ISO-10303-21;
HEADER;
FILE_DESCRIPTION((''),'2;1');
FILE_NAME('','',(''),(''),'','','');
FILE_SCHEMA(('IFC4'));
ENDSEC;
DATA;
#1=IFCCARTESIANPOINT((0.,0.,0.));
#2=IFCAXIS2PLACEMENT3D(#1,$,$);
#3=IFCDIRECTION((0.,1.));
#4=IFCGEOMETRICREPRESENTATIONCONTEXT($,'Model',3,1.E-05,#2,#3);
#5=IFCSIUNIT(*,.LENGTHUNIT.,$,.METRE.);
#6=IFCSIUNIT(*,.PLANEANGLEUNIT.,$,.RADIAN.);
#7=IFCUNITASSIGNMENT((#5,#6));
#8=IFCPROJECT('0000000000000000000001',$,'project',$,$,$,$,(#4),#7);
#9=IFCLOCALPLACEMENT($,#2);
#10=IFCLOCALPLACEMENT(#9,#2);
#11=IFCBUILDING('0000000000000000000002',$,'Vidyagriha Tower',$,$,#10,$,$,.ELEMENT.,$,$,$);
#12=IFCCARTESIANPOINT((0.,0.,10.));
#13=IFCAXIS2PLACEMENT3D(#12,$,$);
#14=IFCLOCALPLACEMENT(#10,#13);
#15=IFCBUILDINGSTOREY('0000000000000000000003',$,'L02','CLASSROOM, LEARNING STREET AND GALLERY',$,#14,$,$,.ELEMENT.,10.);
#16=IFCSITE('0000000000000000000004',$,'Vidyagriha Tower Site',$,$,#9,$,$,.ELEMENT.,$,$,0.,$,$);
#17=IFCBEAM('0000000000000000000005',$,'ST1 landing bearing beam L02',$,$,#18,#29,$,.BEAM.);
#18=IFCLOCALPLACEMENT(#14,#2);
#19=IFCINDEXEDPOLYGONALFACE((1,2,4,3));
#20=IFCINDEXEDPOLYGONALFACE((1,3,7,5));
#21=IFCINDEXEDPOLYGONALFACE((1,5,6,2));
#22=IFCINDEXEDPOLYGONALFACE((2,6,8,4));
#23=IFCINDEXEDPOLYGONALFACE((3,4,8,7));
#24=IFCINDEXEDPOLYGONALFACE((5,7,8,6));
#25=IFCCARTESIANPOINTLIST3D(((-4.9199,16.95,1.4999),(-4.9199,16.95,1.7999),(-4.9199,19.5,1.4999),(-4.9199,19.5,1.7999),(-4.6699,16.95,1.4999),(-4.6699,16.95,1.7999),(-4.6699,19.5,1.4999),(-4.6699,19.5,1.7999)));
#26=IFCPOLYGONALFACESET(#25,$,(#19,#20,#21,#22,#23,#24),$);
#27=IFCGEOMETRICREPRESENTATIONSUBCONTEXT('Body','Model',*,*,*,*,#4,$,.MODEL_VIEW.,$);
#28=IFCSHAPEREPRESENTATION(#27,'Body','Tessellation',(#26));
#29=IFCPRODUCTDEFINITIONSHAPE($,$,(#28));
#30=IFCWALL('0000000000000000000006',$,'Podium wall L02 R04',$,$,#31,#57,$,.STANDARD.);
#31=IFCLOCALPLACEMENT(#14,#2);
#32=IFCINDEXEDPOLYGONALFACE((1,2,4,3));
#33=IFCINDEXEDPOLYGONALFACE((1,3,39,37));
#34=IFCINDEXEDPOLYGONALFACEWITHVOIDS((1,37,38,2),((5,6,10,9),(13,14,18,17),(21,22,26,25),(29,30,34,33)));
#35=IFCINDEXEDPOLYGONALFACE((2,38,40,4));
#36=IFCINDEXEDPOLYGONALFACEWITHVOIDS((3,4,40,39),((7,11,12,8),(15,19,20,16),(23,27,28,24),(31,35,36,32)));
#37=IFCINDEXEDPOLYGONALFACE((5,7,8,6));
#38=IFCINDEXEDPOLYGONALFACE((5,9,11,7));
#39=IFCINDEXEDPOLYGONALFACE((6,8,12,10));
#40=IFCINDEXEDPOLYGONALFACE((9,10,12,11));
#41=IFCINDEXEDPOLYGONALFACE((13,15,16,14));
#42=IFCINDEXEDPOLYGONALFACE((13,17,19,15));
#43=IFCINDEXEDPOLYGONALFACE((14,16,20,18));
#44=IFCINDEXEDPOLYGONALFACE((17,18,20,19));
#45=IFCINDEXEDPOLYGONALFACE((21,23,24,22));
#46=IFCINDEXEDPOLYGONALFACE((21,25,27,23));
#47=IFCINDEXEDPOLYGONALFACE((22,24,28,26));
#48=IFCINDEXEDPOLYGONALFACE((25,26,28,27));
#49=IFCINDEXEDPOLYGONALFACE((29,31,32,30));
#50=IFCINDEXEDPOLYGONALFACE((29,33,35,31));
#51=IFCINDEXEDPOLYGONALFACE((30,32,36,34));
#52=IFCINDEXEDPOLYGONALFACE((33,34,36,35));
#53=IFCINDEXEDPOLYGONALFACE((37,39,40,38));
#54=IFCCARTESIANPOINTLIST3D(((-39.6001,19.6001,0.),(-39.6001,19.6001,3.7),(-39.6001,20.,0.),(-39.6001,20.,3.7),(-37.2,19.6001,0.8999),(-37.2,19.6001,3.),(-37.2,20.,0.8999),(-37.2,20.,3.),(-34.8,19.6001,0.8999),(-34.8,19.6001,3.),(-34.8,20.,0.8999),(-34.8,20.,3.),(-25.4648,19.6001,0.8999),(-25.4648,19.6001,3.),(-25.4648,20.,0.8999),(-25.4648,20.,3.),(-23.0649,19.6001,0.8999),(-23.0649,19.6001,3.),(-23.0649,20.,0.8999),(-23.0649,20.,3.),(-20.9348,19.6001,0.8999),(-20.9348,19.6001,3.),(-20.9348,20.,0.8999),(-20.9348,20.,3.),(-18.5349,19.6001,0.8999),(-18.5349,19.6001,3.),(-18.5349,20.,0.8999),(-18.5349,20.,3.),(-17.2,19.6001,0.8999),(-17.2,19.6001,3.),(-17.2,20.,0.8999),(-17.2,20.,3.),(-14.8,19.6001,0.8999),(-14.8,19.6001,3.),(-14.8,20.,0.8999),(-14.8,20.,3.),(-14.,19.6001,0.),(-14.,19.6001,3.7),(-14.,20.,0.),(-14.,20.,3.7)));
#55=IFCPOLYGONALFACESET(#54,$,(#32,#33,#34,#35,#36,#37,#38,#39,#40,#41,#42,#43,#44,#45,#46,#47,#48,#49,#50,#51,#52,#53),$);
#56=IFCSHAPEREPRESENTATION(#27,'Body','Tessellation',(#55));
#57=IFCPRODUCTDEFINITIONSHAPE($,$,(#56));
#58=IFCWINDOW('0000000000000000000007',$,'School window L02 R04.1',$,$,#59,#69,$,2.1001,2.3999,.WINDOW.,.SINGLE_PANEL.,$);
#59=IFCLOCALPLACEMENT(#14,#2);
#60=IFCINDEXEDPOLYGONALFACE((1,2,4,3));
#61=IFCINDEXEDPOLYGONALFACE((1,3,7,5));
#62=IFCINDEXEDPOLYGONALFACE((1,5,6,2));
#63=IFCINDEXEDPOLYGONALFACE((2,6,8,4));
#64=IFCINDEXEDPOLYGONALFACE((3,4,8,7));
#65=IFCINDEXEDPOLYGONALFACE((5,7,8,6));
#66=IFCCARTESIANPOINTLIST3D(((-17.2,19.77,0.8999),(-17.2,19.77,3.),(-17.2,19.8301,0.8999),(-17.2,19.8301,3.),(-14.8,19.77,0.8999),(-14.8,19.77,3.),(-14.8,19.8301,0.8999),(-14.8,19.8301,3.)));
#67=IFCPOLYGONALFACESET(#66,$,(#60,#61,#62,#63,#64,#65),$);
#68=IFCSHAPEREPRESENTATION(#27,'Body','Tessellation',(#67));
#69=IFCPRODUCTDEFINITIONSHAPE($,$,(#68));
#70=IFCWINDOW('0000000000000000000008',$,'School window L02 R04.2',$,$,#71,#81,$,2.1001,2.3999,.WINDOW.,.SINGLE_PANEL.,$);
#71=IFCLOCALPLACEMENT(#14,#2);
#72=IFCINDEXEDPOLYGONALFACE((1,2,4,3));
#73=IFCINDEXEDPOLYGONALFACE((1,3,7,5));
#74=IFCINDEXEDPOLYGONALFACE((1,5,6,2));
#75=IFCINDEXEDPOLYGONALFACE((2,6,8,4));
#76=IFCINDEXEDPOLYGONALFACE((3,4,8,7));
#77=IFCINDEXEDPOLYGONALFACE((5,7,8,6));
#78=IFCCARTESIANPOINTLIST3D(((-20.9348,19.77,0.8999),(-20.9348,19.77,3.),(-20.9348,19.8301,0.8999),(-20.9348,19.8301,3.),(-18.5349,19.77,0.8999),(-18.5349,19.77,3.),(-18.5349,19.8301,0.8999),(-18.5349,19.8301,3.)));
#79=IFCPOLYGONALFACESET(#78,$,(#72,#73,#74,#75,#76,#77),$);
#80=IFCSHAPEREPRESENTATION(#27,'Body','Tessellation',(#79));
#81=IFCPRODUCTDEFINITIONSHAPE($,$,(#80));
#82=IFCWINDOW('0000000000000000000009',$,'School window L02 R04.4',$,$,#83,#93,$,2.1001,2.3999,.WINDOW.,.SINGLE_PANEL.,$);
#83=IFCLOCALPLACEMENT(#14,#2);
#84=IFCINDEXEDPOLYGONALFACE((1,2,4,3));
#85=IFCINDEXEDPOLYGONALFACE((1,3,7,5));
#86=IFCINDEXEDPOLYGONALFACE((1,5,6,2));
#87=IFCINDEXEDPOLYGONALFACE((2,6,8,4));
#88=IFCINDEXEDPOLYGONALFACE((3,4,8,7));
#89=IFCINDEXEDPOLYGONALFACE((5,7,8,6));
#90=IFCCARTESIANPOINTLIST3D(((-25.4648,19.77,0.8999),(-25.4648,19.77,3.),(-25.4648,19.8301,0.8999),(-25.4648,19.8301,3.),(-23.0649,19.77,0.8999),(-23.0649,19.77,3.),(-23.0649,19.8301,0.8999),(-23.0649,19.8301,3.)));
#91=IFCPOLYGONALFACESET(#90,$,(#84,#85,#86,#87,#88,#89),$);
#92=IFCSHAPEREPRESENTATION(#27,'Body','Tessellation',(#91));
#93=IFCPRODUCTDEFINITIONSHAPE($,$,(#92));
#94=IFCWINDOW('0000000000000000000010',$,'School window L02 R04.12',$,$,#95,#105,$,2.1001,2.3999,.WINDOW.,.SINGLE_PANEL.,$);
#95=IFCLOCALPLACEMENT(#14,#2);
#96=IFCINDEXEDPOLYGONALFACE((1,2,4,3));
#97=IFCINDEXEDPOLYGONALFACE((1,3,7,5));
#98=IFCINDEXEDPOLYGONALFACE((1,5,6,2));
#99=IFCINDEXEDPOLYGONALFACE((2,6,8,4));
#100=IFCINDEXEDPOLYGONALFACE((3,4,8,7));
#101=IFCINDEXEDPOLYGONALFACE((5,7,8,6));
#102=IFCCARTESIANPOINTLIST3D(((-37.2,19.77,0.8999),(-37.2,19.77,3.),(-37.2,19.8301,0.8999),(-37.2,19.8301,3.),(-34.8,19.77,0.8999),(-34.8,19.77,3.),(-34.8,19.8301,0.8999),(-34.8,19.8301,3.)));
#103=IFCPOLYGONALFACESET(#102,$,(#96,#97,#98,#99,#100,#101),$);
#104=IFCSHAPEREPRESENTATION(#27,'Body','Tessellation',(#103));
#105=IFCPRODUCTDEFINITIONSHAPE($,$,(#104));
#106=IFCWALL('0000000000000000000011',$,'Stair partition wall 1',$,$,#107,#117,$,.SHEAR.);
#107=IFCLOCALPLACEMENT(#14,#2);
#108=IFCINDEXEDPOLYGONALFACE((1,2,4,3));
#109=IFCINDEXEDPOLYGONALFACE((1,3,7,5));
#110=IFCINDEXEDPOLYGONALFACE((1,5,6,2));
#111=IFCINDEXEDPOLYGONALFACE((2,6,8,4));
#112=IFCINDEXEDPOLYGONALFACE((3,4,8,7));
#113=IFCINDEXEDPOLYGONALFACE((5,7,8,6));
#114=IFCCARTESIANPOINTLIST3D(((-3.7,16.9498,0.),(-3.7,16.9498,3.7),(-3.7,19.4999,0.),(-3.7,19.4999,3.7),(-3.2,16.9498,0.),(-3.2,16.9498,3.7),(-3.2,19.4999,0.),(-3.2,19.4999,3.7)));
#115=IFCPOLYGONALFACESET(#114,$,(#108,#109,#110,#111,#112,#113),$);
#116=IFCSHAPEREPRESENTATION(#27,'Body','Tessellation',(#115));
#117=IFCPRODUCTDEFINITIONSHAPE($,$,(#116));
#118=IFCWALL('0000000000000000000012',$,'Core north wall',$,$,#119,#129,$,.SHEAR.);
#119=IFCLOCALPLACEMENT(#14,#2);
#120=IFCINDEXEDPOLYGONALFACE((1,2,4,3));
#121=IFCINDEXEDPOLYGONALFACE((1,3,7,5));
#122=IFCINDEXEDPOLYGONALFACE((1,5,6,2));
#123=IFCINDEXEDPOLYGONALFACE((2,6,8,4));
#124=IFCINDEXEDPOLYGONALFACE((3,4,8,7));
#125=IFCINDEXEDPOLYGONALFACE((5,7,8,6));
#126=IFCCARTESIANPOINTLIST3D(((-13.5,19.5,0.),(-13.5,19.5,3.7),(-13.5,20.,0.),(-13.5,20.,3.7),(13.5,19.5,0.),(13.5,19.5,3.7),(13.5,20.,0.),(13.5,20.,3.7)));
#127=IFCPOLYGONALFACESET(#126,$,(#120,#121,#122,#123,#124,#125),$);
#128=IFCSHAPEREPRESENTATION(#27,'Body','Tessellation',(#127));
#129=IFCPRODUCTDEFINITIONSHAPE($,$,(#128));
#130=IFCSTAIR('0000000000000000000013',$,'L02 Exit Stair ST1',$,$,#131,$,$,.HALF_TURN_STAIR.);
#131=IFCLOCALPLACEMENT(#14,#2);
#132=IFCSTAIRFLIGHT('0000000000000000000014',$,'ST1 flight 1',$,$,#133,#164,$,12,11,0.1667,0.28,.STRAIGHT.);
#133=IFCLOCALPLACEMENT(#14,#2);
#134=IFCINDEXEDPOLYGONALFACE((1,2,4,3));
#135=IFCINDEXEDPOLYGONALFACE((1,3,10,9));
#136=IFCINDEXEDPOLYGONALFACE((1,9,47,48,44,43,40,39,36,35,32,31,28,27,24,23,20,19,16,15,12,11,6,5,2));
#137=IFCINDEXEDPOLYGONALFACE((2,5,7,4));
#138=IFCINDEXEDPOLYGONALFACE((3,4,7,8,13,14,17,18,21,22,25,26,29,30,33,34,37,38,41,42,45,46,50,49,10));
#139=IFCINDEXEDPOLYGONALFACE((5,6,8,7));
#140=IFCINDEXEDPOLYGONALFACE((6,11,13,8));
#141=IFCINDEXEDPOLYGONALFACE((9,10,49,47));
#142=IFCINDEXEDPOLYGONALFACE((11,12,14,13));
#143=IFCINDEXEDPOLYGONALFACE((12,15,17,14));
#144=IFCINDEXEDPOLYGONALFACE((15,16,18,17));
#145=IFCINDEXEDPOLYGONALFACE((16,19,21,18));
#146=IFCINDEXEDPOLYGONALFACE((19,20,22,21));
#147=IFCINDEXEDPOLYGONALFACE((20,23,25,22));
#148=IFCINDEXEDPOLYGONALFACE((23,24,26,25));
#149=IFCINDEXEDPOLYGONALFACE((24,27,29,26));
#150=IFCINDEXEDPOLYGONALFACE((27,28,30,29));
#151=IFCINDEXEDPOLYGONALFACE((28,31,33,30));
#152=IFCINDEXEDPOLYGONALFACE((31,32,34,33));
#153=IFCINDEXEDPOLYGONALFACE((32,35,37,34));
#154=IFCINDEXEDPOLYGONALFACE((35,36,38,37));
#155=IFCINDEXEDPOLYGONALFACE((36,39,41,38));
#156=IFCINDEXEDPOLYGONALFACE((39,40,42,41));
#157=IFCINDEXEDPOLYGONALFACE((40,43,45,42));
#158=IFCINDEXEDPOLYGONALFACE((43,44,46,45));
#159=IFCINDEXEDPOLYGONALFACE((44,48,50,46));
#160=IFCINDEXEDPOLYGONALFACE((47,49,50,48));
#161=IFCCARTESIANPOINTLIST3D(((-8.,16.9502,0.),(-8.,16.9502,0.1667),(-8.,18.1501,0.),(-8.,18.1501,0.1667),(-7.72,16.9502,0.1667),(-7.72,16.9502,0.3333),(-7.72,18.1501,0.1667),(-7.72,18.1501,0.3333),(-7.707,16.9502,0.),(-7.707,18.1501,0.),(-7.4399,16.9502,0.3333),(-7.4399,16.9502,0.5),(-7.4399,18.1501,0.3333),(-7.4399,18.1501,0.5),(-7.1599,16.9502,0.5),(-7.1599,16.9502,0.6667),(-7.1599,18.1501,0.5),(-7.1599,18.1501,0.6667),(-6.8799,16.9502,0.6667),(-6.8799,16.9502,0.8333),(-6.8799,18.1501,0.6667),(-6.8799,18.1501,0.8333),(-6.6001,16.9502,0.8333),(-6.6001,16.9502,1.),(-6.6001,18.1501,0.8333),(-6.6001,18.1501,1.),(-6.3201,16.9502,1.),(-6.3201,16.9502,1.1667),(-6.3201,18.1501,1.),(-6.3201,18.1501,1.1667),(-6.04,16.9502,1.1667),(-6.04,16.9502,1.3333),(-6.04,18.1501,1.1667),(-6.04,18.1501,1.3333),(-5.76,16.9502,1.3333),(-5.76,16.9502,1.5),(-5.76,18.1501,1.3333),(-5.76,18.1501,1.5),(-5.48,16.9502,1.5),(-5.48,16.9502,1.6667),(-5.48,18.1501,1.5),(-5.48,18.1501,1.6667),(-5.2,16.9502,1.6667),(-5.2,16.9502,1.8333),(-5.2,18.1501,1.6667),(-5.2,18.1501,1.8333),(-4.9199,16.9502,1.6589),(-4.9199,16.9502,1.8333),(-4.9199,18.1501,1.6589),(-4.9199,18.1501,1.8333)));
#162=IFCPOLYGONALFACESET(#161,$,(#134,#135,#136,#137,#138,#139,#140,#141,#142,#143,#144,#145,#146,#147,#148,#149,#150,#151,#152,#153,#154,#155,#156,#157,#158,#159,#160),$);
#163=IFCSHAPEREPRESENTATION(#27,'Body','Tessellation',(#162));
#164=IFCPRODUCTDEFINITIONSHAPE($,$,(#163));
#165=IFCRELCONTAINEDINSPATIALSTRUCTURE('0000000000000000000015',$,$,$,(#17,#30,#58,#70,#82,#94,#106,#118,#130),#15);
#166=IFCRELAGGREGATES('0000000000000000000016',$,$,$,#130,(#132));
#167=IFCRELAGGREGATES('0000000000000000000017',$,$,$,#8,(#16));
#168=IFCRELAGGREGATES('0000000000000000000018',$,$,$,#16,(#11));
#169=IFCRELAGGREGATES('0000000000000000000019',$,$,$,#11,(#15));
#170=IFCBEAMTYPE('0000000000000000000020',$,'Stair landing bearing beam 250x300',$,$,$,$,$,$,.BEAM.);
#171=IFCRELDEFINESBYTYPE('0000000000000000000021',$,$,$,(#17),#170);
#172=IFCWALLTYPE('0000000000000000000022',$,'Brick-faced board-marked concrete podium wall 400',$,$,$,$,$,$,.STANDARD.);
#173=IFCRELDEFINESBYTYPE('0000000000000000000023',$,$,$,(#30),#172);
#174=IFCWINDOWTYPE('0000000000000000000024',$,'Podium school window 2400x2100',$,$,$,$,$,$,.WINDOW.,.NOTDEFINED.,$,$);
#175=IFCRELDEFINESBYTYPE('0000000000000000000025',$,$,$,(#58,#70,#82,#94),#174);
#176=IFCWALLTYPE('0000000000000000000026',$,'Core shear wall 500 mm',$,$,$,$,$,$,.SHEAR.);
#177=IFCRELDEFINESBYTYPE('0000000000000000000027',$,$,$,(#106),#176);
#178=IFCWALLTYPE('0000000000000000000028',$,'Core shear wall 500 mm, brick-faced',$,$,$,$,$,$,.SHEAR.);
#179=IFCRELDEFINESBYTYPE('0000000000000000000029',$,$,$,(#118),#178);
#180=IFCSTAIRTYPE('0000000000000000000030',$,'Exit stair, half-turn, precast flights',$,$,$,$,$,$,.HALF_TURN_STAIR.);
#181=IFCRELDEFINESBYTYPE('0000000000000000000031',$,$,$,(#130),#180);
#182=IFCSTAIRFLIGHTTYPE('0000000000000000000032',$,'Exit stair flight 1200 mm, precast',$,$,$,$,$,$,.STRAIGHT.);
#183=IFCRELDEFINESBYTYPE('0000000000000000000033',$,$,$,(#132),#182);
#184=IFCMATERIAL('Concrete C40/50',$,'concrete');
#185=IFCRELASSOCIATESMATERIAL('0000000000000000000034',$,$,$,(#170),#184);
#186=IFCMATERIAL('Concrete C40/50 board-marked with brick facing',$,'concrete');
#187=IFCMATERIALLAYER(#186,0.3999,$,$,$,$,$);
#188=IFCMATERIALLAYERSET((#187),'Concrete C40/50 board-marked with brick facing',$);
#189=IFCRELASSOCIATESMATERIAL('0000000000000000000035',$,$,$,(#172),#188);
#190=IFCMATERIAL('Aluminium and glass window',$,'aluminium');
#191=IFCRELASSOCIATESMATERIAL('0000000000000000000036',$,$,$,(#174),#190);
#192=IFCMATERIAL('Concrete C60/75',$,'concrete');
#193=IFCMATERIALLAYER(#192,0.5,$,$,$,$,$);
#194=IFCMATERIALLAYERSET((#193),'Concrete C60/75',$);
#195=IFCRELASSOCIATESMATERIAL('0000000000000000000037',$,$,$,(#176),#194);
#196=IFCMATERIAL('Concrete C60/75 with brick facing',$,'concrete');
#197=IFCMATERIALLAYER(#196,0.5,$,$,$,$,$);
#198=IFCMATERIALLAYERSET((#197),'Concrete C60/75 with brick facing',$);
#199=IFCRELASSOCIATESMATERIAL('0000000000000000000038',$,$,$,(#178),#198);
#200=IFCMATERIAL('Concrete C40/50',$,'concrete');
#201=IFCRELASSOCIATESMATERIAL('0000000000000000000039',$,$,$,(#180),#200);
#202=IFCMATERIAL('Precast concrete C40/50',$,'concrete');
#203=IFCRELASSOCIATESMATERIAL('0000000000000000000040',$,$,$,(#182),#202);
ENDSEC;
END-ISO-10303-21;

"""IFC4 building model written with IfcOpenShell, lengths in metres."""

from ifc_helpers import new_model, si_unit, direction, frame, frame_2d, origin, origin_2d, place, context, subcontext, project, spatial, polyline, rectangle, outline, extrude, material, layer, layer_set, material_profile, profile_set, type_object, element, fill, aggregate, save


model = new_model("IFC4")

# Units and contexts
model_context = context("Model", 3, precision=1e-05, world=origin(), true_north=direction((0.0, 1.0)))
body_context = subcontext(model_context, "Body", "Model", "MODEL_VIEW")
ifc_project = project(units=[si_unit("LENGTHUNIT", "METRE"), si_unit("PLANEANGLEUNIT", "RADIAN")], contexts=[model_context])

# Site, building, storey
site_placement = place(None, origin())
site = spatial("IfcSite", under=ifc_project, at=site_placement, Name="Vidyagriha Tower Site", CompositionType="ELEMENT", RefElevation=0.0)
building_placement = place(site_placement, origin())
building = spatial("IfcBuilding", under=site, at=building_placement, Name="Vidyagriha Tower", CompositionType="ELEMENT")
storey_placement = place(building_placement, frame((0.0, 0.0, 10.0)))
storey = spatial("IfcBuildingStorey", under=building, at=storey_placement, Name="L02", Description="CLASSROOM, LEARNING STREET AND GALLERY", CompositionType="ELEMENT", Elevation=10.0)

# Beam
ifc_material_1 = material(Name="Concrete C40/50", Category="concrete")
ifc_material_profile = material_profile(ifc_material_1, rectangle(XDim=0.25, YDim=0.3, at=origin_2d()), Name="Stair landing bearing beam 250x300")
ifc_profile_set = profile_set([ifc_material_profile], Name="Concrete C40/50")
beam_type = type_object("IfcBeamType", Name="Stair landing bearing beam 250x300", PredefinedType="BEAM", material=ifc_profile_set)
beam_placement = place(storey_placement, frame((-4.7949, 16.95, 1.6499), z_axis=(0.0, 1.0, 0.0), x_axis=(-1.0, 0.0, 0.0)))
element("IfcBeam", 1, at=beam_placement, inside=storey, type_object=beam_type, Name="ST1 landing bearing beam L02", PredefinedType="BEAM", context=body_context, shape_type="SweptSolid", body=[
    extrude(rectangle(XDim=0.25, YDim=0.3, at=origin_2d()), origin(), (0.0, 0.0, 1.0), 2.55),
])

# Wall, openings, windows
ifc_material_2 = material(Name="Concrete C40/50 board-marked with brick facing", Category="concrete")
ifc_layer_1 = layer(ifc_material_2, 0.3999)
ifc_layer_set_1 = layer_set([ifc_layer_1], Name="Concrete C40/50 board-marked with brick facing")
wall_type_1 = type_object("IfcWallType", Name="Brick-faced board-marked concrete podium wall 400", PredefinedType="STANDARD", material=ifc_layer_set_1)
wall_1_placement = place(storey_placement, frame((-14.0, 19.8, 0.0), z_axis=(0.0, 0.0, 1.0), x_axis=(-1.0, 0.0, 0.0)))
wall_1 = element("IfcWall", 2, at=wall_1_placement, inside=storey, type_object=wall_type_1, Name="Podium wall L02 R04", PredefinedType="STANDARD", context=body_context, shape_type="SweptSolid", body=[
    extrude(rectangle(XDim=25.6001, YDim=0.3999, at=frame_2d((12.8, 0.0))), origin(), (0.0, 0.0, 1.0), 3.7),
])
opening_1_placement = place(wall_1_placement, frame((0.8, 0.0, 0.8999)))
opening_1 = element("IfcOpeningElement", 3, at=opening_1_placement, cuts=wall_1, PredefinedType="OPENING", context=body_context, shape_type="SweptSolid", body=[
    extrude(rectangle(XDim=2.3999, YDim=2.1001, at=frame_2d((1.2, 1.05))), frame((0.0, 0.21, 0.0), z_axis=(0.0, -1.0, 0.0), x_axis=(1.0, 0.0, 0.0)), (0.0, 0.0, 1.0), 0.4199),
])
opening_2_placement = place(wall_1_placement, frame((4.5349, 0.0, 0.8999)))
opening_2 = element("IfcOpeningElement", 4, at=opening_2_placement, cuts=wall_1, PredefinedType="OPENING", context=body_context, shape_type="SweptSolid", body=[
    extrude(rectangle(XDim=2.3999, YDim=2.1001, at=frame_2d((1.2, 1.05))), frame((0.0, 0.21, 0.0), z_axis=(0.0, -1.0, 0.0), x_axis=(1.0, 0.0, 0.0)), (0.0, 0.0, 1.0), 0.4199),
])
opening_3_placement = place(wall_1_placement, frame((9.0649, 0.0, 0.8999)))
opening_3 = element("IfcOpeningElement", 5, at=opening_3_placement, cuts=wall_1, PredefinedType="OPENING", context=body_context, shape_type="SweptSolid", body=[
    extrude(rectangle(XDim=2.3999, YDim=2.1001, at=frame_2d((1.2, 1.05))), frame((0.0, 0.21, 0.0), z_axis=(0.0, -1.0, 0.0), x_axis=(1.0, 0.0, 0.0)), (0.0, 0.0, 1.0), 0.4199),
])
opening_4_placement = place(wall_1_placement, frame((20.8, 0.0, 0.8999)))
opening_4 = element("IfcOpeningElement", 6, at=opening_4_placement, cuts=wall_1, PredefinedType="OPENING", context=body_context, shape_type="SweptSolid", body=[
    extrude(rectangle(XDim=2.3999, YDim=2.1001, at=frame_2d((1.2, 1.05))), frame((0.0, 0.21, 0.0), z_axis=(0.0, -1.0, 0.0), x_axis=(1.0, 0.0, 0.0)), (0.0, 0.0, 1.0), 0.4199),
])
ifc_material_3 = material(Name="Aluminium and glass window", Category="aluminium")
window_type = type_object("IfcWindowType", Name="Podium school window 2400x2100", PartitioningType="NOTDEFINED", PredefinedType="WINDOW", material=ifc_material_3)
window_1_placement = place(opening_1_placement, origin())
window_1 = element("IfcWindow", 7, at=window_1_placement, inside=storey, type_object=window_type, Name="School window L02 R04.1", OverallHeight=2.1001, OverallWidth=2.3999, PartitioningType="SINGLE_PANEL", PredefinedType="WINDOW", context=body_context, shape_type="SweptSolid", body=[
    extrude(rectangle(XDim=2.3999, YDim=2.1001, at=frame_2d((1.2, 1.05))), frame((0.0, 0.03, 0.0), z_axis=(0.0, -1.0, 0.0), x_axis=(1.0, 0.0, 0.0)), (0.0, 0.0, 1.0), 0.0601),
])
fill(opening_1, window_1)
window_2_placement = place(opening_2_placement, origin())
window_2 = element("IfcWindow", 8, at=window_2_placement, inside=storey, type_object=window_type, Name="School window L02 R04.2", OverallHeight=2.1001, OverallWidth=2.3999, PartitioningType="SINGLE_PANEL", PredefinedType="WINDOW", context=body_context, shape_type="SweptSolid", body=[
    extrude(rectangle(XDim=2.3999, YDim=2.1001, at=frame_2d((1.2, 1.05))), frame((0.0, 0.03, 0.0), z_axis=(0.0, -1.0, 0.0), x_axis=(1.0, 0.0, 0.0)), (0.0, 0.0, 1.0), 0.0601),
])
fill(opening_2, window_2)
window_3_placement = place(opening_3_placement, origin())
window_3 = element("IfcWindow", 9, at=window_3_placement, inside=storey, type_object=window_type, Name="School window L02 R04.4", OverallHeight=2.1001, OverallWidth=2.3999, PartitioningType="SINGLE_PANEL", PredefinedType="WINDOW", context=body_context, shape_type="SweptSolid", body=[
    extrude(rectangle(XDim=2.3999, YDim=2.1001, at=frame_2d((1.2, 1.05))), frame((0.0, 0.03, 0.0), z_axis=(0.0, -1.0, 0.0), x_axis=(1.0, 0.0, 0.0)), (0.0, 0.0, 1.0), 0.0601),
])
fill(opening_3, window_3)
window_4_placement = place(opening_4_placement, origin())
window_4 = element("IfcWindow", 10, at=window_4_placement, inside=storey, type_object=window_type, Name="School window L02 R04.12", OverallHeight=2.1001, OverallWidth=2.3999, PartitioningType="SINGLE_PANEL", PredefinedType="WINDOW", context=body_context, shape_type="SweptSolid", body=[
    extrude(rectangle(XDim=2.3999, YDim=2.1001, at=frame_2d((1.2, 1.05))), frame((0.0, 0.03, 0.0), z_axis=(0.0, -1.0, 0.0), x_axis=(1.0, 0.0, 0.0)), (0.0, 0.0, 1.0), 0.0601),
])
fill(opening_4, window_4)

# Walls
ifc_material_4 = material(Name="Concrete C60/75", Category="concrete")
ifc_layer_2 = layer(ifc_material_4, 0.5)
ifc_layer_set_2 = layer_set([ifc_layer_2], Name="Concrete C60/75")
wall_type_2 = type_object("IfcWallType", Name="Core shear wall 500 mm", PredefinedType="SHEAR", material=ifc_layer_set_2)
wall_2_placement = place(storey_placement, frame((-3.45, 16.95, 0.0), z_axis=(0.0, 0.0, 1.0), x_axis=(0.0, 1.0, 0.0)))
element("IfcWall", 11, at=wall_2_placement, inside=storey, type_object=wall_type_2, Name="Stair partition wall 1", PredefinedType="SHEAR", context=body_context, shape_type="SweptSolid", body=[
    extrude(rectangle(XDim=2.55, YDim=0.5, at=frame_2d((1.2749, 0.0))), origin(), (0.0, 0.0, 1.0), 3.7),
])
ifc_material_5 = material(Name="Concrete C60/75 with brick facing", Category="concrete")
ifc_layer_3 = layer(ifc_material_5, 0.5)
ifc_layer_set_3 = layer_set([ifc_layer_3], Name="Concrete C60/75 with brick facing")
wall_type_3 = type_object("IfcWallType", Name="Core shear wall 500 mm, brick-faced", PredefinedType="SHEAR", material=ifc_layer_set_3)
wall_3_placement = place(storey_placement, frame((-13.5, 19.75, 0.0)))
element("IfcWall", 12, at=wall_3_placement, inside=storey, type_object=wall_type_3, Name="Core north wall", PredefinedType="SHEAR", context=body_context, shape_type="SweptSolid", body=[
    extrude(rectangle(XDim=27.0, YDim=0.5, at=frame_2d((13.5, 0.0))), origin(), (0.0, 0.0, 1.0), 3.7),
])

# Stair, stair flight
ifc_material_6 = material(Name="Concrete C40/50", Category="concrete")
stair_type = type_object("IfcStairType", Name="Exit stair, half-turn, precast flights", PredefinedType="HALF_TURN_STAIR", material=ifc_material_6)
stair_1_placement = place(storey_placement, origin())
stair_1 = element("IfcStair", 13, at=stair_1_placement, inside=storey, type_object=stair_type, Name="L02 Exit Stair ST1", PredefinedType="HALF_TURN_STAIR")
ifc_material_7 = material(Name="Precast concrete C40/50", Category="concrete")
stair_flight_type = type_object("IfcStairFlightType", Name="Exit stair flight 1200 mm, precast", PredefinedType="STRAIGHT", material=ifc_material_7)
stair_flight_1_placement = place(storey_placement, frame((-8.0, 17.55, 0.0)))
stair_flight_1 = element("IfcStairFlight", 14, at=stair_flight_1_placement, type_object=stair_flight_type, Name="ST1 flight 1", NumberOfRisers=12, NumberOfTreads=11, PredefinedType="STRAIGHT", RiserHeight=0.1667, TreadLength=0.28, context=body_context, shape_type="SweptSolid", body=[
    extrude(outline(polyline([(0.0, 0.0), (0.0, 0.1667), (0.28, 0.1667), (0.28, 0.3333), (0.5601, 0.3333), (0.5601, 0.5), (0.8401, 0.5), (0.8401, 0.6667), (1.1201, 0.6667), (1.1201, 0.8333), (1.3999, 0.8333), (1.3999, 1.0), (1.6799, 1.0), (1.6799, 1.1667), (1.96, 1.1667), (1.96, 1.3333), (2.24, 1.3333), (2.24, 1.5), (2.52, 1.5), (2.52, 1.6667), (2.8, 1.6667), (2.8, 1.8333), (3.0801, 1.8333), (3.0801, 2.0), (3.0801, 1.6589), (0.293, 0.0), (0.0, 0.0)])), frame((0.0, 0.6001, 0.0), z_axis=(0.0, -1.0, 0.0), x_axis=(1.0, 0.0, 0.0)), (0.0, 0.0, 1.0), 1.2),
])
aggregate(stair_1, [stair_flight_1])

save(model, "model.ifc")
